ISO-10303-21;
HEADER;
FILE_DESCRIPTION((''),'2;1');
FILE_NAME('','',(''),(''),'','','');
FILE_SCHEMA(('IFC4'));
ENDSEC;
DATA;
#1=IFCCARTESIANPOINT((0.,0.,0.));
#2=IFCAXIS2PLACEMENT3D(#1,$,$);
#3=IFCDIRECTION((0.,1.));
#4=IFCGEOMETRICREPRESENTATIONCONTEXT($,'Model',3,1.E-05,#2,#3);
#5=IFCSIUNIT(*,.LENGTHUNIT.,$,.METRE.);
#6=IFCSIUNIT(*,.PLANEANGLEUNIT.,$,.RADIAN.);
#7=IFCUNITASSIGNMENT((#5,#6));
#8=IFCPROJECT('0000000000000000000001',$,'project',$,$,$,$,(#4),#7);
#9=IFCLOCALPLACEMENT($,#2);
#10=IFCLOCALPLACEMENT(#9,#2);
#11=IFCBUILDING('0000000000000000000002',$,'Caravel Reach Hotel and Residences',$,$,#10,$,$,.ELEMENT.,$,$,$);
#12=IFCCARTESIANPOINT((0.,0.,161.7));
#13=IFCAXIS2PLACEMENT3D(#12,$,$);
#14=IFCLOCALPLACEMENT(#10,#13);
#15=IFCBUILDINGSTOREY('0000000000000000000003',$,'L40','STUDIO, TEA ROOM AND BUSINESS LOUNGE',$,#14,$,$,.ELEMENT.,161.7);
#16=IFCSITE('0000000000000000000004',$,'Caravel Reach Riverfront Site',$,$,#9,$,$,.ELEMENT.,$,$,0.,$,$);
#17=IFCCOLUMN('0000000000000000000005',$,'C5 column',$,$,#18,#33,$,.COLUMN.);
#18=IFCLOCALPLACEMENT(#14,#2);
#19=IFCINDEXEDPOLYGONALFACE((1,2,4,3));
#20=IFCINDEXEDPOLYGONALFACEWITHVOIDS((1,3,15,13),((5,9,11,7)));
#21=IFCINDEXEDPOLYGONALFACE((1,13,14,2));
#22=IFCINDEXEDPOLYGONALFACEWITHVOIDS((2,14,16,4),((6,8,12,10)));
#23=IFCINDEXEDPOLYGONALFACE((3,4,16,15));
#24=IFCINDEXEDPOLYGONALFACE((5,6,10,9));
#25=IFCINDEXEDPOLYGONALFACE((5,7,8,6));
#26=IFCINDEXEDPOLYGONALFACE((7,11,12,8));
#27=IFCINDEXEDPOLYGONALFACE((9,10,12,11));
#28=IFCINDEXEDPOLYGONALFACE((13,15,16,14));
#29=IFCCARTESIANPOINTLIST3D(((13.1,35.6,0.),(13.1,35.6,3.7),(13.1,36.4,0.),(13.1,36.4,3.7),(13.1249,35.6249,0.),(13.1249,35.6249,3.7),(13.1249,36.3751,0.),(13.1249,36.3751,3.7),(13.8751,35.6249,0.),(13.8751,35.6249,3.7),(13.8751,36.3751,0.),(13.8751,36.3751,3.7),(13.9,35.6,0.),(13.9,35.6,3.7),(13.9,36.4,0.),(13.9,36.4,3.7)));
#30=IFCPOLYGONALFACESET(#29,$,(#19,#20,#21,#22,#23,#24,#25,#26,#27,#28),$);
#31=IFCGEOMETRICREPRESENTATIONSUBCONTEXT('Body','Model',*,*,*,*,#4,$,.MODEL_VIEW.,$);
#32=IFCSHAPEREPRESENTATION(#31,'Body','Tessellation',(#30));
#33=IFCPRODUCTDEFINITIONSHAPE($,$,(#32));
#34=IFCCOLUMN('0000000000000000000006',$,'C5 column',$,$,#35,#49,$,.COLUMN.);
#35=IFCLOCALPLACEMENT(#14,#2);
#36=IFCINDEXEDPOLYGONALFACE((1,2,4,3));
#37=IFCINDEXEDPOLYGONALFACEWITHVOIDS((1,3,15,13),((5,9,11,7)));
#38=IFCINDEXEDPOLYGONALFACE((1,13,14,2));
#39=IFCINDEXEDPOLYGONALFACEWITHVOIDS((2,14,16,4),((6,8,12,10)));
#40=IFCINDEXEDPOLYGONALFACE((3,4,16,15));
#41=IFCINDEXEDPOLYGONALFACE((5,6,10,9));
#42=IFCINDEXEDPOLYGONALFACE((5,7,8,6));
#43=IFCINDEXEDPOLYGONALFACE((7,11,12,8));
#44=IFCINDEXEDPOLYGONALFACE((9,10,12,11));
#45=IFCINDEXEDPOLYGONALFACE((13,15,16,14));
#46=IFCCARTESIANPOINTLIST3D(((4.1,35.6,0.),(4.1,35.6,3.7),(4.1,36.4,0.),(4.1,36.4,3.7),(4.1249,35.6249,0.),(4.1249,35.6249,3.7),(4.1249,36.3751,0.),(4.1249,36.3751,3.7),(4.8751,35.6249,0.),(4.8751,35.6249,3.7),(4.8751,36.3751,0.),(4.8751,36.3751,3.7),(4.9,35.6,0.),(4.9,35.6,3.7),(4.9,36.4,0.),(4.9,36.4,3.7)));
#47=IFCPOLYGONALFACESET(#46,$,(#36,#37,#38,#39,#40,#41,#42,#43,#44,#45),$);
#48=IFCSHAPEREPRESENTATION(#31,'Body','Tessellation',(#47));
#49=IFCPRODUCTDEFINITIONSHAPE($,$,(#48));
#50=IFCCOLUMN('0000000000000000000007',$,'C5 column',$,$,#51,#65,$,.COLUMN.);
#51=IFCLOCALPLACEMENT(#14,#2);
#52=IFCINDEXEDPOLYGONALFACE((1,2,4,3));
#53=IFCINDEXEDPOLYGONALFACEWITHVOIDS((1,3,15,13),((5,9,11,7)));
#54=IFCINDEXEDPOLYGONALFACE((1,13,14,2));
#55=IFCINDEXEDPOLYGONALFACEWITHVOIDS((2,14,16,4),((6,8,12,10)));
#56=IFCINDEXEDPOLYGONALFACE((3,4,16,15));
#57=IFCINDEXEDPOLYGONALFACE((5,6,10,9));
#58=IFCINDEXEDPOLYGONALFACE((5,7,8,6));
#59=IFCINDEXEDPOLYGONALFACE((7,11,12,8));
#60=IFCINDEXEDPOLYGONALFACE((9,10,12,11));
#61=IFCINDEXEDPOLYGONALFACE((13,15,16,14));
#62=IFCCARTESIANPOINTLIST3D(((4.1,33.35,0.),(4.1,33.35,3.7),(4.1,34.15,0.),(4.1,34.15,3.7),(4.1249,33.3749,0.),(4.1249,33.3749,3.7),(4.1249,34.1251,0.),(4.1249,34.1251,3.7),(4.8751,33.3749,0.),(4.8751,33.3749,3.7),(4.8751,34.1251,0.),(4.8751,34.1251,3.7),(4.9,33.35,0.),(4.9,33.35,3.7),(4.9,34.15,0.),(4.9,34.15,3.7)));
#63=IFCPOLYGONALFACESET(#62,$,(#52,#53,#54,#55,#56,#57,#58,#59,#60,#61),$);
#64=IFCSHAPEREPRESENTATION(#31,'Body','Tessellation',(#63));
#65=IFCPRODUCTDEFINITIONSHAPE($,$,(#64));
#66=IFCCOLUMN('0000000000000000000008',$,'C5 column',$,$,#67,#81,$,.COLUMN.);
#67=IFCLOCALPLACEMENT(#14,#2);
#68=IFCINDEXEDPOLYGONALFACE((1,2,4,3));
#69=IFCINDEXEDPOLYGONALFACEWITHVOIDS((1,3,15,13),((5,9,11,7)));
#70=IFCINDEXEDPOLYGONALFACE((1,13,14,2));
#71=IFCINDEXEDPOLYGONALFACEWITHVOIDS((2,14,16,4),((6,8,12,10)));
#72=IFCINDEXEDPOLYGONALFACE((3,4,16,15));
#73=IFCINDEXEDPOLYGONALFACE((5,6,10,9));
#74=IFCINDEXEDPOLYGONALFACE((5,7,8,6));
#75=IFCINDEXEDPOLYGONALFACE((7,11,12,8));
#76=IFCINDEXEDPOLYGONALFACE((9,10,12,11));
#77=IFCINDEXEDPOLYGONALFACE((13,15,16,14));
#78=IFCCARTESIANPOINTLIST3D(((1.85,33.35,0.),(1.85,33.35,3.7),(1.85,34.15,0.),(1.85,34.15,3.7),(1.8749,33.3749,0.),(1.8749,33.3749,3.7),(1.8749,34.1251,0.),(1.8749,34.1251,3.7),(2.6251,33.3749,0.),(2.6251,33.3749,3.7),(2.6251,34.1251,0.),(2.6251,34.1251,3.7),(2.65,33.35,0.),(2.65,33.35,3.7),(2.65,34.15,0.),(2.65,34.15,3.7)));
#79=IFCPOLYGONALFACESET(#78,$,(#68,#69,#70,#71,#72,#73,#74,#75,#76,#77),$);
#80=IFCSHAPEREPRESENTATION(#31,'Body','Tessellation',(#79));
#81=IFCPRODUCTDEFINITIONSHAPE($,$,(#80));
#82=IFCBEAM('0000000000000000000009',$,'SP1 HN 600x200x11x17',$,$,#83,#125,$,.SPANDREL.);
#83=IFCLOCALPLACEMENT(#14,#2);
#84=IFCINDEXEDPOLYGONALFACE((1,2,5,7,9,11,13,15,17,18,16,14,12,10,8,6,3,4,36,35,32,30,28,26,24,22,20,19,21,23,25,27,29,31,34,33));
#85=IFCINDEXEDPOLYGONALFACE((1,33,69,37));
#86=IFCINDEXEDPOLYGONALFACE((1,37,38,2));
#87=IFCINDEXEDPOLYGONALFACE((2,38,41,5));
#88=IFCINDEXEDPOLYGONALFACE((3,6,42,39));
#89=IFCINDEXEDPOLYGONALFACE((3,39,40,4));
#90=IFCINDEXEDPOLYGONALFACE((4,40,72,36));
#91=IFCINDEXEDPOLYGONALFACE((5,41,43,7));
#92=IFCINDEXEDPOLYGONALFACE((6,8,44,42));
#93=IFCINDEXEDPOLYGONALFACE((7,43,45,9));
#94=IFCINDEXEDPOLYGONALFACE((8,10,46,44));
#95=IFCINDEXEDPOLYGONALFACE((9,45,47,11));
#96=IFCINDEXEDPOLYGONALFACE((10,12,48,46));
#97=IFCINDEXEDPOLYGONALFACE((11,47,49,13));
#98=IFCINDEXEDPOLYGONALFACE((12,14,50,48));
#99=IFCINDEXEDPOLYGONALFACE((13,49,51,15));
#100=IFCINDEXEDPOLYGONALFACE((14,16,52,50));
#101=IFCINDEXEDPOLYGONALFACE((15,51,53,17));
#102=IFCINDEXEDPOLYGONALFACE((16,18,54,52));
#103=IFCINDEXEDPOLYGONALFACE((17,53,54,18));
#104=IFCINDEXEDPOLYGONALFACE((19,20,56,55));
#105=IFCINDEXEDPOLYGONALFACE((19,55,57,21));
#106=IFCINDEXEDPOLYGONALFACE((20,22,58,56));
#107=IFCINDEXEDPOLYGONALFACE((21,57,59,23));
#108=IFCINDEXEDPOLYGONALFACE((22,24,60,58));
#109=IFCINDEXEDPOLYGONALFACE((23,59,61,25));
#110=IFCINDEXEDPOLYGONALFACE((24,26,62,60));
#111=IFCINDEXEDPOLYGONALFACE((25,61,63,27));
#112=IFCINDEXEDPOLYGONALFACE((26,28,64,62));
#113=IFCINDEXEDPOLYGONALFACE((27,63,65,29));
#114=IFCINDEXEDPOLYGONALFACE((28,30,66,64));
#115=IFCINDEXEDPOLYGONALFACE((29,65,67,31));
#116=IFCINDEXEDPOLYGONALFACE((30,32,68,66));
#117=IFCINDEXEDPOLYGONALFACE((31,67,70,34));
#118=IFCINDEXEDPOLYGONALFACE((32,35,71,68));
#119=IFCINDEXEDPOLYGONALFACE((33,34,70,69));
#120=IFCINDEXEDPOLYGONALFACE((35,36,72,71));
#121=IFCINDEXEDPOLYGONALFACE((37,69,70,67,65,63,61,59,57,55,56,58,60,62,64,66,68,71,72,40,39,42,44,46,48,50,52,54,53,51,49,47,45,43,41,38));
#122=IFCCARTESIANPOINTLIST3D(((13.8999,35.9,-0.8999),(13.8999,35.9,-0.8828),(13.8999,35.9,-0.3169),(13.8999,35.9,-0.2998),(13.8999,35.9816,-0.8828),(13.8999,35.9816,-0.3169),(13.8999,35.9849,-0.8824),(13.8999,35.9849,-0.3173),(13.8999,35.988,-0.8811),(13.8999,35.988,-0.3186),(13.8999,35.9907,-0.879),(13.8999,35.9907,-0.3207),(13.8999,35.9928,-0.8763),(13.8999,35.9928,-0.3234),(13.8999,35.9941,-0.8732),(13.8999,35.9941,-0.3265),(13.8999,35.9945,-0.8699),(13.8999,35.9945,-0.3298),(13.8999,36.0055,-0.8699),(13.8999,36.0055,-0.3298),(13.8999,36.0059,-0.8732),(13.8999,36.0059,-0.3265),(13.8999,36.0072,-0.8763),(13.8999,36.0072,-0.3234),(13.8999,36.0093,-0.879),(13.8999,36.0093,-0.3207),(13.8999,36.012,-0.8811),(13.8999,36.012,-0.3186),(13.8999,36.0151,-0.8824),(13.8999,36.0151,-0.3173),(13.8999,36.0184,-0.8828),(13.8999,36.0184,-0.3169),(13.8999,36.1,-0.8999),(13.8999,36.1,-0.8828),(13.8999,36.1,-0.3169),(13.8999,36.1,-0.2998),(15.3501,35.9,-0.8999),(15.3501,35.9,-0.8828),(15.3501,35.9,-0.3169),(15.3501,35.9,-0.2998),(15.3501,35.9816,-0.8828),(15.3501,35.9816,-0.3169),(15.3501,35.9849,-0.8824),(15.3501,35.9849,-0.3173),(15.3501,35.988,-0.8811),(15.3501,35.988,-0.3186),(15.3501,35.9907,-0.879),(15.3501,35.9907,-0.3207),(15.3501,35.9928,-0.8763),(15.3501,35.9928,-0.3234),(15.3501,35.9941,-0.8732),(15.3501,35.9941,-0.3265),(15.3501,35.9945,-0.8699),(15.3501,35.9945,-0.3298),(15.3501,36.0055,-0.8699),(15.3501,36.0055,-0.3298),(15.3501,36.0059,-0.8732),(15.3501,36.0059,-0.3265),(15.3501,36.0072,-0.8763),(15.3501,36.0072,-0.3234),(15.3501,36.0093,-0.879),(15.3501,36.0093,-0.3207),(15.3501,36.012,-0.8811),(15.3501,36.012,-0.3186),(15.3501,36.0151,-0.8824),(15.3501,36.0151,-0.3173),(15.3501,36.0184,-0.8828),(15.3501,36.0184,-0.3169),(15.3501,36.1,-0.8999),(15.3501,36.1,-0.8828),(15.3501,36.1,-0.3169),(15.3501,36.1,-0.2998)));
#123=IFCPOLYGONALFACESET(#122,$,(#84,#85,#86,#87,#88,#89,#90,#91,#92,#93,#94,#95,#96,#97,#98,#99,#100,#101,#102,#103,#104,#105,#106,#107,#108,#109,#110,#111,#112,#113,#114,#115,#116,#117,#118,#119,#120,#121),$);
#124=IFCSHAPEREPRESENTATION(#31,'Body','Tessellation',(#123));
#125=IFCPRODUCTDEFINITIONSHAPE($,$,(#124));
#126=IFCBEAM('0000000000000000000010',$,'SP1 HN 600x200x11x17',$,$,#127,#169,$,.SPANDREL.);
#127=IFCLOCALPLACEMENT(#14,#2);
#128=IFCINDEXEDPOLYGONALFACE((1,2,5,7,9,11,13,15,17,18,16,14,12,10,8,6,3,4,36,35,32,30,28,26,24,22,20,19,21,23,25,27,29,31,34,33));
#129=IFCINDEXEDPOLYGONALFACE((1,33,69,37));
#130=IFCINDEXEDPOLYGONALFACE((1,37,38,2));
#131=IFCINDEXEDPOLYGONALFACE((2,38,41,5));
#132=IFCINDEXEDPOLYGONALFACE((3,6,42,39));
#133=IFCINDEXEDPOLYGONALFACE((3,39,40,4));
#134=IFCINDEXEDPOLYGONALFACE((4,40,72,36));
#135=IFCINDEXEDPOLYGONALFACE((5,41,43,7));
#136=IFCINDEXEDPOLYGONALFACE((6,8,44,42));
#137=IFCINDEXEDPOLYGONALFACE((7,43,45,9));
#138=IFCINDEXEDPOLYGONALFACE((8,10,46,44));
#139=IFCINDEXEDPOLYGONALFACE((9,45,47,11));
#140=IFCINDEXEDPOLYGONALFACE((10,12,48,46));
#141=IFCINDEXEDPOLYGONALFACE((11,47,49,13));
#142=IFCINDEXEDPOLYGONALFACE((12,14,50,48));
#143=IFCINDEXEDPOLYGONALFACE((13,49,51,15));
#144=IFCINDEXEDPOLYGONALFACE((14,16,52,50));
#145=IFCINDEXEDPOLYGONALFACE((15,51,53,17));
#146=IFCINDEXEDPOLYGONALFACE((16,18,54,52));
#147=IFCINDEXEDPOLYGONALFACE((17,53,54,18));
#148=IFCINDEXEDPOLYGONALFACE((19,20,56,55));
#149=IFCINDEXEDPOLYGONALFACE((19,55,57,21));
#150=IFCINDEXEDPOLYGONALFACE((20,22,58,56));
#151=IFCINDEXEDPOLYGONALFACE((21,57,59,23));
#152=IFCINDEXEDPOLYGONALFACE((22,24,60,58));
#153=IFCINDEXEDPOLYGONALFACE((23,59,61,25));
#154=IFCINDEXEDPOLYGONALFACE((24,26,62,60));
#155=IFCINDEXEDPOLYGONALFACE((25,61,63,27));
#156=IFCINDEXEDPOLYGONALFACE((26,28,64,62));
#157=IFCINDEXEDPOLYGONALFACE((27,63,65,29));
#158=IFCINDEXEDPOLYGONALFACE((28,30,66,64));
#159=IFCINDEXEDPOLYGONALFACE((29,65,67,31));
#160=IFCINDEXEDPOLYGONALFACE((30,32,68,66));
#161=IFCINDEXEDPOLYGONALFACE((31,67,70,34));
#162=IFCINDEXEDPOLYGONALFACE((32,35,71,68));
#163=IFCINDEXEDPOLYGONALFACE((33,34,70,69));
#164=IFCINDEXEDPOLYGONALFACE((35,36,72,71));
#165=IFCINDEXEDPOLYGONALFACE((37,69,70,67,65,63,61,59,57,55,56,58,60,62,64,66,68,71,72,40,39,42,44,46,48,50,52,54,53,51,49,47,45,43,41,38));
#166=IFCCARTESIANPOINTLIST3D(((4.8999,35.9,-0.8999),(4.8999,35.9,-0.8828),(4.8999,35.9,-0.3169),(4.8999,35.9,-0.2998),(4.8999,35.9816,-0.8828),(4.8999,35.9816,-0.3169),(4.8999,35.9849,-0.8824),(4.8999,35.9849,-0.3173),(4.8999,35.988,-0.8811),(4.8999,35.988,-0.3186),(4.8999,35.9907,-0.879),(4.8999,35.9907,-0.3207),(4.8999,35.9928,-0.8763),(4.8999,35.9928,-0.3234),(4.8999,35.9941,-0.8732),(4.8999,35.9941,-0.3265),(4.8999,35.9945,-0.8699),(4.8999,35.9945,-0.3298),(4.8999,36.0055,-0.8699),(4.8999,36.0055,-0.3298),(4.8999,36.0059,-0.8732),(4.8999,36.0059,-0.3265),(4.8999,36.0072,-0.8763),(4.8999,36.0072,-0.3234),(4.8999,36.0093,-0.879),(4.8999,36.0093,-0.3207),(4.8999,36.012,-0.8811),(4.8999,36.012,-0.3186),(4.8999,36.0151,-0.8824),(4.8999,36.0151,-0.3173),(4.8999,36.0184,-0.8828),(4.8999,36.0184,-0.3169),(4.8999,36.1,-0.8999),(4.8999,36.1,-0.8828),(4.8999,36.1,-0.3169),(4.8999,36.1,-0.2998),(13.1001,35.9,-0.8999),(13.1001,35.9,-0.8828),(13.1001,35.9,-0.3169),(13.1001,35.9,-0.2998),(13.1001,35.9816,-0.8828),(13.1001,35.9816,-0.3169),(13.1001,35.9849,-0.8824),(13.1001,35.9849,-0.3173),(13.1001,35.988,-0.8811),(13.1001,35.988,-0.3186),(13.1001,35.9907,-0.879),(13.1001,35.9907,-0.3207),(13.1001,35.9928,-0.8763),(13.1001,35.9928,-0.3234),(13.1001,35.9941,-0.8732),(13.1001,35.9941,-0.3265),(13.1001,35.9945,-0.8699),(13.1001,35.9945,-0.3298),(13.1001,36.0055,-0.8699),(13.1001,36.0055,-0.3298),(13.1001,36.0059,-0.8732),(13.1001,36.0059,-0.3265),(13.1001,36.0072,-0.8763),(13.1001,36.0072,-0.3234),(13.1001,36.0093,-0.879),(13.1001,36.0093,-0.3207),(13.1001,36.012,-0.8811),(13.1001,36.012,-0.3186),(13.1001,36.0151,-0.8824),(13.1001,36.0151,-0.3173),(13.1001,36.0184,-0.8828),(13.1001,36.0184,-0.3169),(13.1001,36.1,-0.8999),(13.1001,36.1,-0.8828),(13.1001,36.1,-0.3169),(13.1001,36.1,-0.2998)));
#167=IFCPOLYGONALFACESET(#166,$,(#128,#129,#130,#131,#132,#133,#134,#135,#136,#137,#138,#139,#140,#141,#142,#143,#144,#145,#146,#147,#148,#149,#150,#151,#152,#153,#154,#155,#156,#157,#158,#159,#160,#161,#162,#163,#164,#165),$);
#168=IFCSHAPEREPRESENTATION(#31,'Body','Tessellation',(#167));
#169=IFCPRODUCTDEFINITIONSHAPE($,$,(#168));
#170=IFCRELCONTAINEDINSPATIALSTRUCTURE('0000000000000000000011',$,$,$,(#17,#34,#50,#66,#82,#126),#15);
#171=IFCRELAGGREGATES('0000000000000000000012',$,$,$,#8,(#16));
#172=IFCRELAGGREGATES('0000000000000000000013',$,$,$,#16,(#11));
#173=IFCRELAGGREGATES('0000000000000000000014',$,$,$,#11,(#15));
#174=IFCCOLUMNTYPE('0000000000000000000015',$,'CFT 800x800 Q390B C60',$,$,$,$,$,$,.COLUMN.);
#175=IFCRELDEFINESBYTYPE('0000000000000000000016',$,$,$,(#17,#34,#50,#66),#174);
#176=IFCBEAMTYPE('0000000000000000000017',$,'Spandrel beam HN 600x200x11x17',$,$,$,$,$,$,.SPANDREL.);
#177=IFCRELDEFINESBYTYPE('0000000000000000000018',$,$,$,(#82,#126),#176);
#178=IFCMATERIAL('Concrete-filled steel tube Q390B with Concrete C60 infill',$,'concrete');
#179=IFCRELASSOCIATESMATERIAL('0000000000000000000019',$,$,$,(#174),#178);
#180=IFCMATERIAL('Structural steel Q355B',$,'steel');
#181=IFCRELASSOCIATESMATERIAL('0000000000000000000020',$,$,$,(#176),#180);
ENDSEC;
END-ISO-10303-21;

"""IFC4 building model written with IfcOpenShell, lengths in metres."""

from ifc_helpers import new_model, si_unit, direction, frame, origin, origin_2d, place, context, subcontext, project, spatial, hollow_rectangle, i_section, extrude, material, material_profile, profile_set, type_object, element, save


model = new_model("IFC4")

# Units and contexts
model_context = context("Model", 3, precision=1e-05, world=origin(), true_north=direction((0.0, 1.0)))
body_context = subcontext(model_context, "Body", "Model", "MODEL_VIEW")
ifc_project = project(units=[si_unit("LENGTHUNIT", "METRE"), si_unit("PLANEANGLEUNIT", "RADIAN")], contexts=[model_context])

# Site, building, storey
site_placement = place(None, origin())
site = spatial("IfcSite", under=ifc_project, at=site_placement, Name="Caravel Reach Riverfront Site", CompositionType="ELEMENT", RefElevation=0.0)
building_placement = place(site_placement, origin())
building = spatial("IfcBuilding", under=site, at=building_placement, Name="Caravel Reach Hotel and Residences", CompositionType="ELEMENT")
storey_placement = place(building_placement, frame((0.0, 0.0, 161.7)))
storey = spatial("IfcBuildingStorey", under=building, at=storey_placement, Name="L40", Description="STUDIO, TEA ROOM AND BUSINESS LOUNGE", CompositionType="ELEMENT", Elevation=161.7)

# Columns
ifc_material_1 = material(Name="Concrete-filled steel tube Q390B with Concrete C60 infill", Category="concrete")
ifc_material_profile_1 = material_profile(ifc_material_1, hollow_rectangle(XDim=0.8, YDim=0.8, WallThickness=0.0249, at=origin_2d()), Name="RHS 800x800x25")
ifc_profile_set_1 = profile_set([ifc_material_profile_1], Name="Concrete-filled steel tube Q390B with Concrete C60 infill")
column_type = type_object("IfcColumnType", Name="CFT 800x800 Q390B C60", PredefinedType="COLUMN", material=ifc_profile_set_1)
for number, where, z_axis, x_axis, name in (
    (1, (13.5, 36.0, 0.0), (0.0, 0.0, 1.0), (1.0, 0.0, 0.0), "C5 column"),
    (2, (4.5, 36.0, 0.0), (0.0, 0.0, 1.0), (1.0, 0.0, 0.0), "C5 column"),
    (3, (4.5, 33.75, 0.0), (0.0, 0.0, 1.0), (1.0, 0.0, 0.0), "C5 column"),
    (4, (2.25, 33.75, 0.0), (0.0, 0.0, 1.0), (1.0, 0.0, 0.0), "C5 column"),
):
    element("IfcColumn", number, at=place(storey_placement, frame(where, z_axis=z_axis, x_axis=x_axis)), inside=storey, type_object=column_type, Name=name, PredefinedType="COLUMN", context=body_context, shape_type="SweptSolid", body=[
        extrude(hollow_rectangle(XDim=0.8, YDim=0.8, WallThickness=0.0249, at=origin_2d()), origin(), (0.0, 0.0, 1.0), 3.7),
    ])

# Beams
ifc_material_2 = material(Name="Structural steel Q355B", Category="steel")
ifc_material_profile_2 = material_profile(ifc_material_2, i_section(OverallWidth=0.2, OverallDepth=0.6001, WebThickness=0.011, FlangeThickness=0.0171, FilletRadius=0.0129, at=origin_2d()), Name="HN 600x200x11x17")
ifc_profile_set_2 = profile_set([ifc_material_profile_2], Name="Structural steel Q355B")
beam_type = type_object("IfcBeamType", Name="Spandrel beam HN 600x200x11x17", PredefinedType="SPANDREL", material=ifc_profile_set_2)
beam_1_placement = place(storey_placement, frame((15.3501, 36.0, -0.5999), z_axis=(-1.0, 0.0, 0.0), x_axis=(0.0, -1.0, 0.0)))
element("IfcBeam", 5, at=beam_1_placement, inside=storey, type_object=beam_type, Name="SP1 HN 600x200x11x17", PredefinedType="SPANDREL", context=body_context, shape_type="SweptSolid", body=[
    extrude(i_section(OverallWidth=0.2, OverallDepth=0.6001, WebThickness=0.011, FlangeThickness=0.0171, FilletRadius=0.0129, at=origin_2d()), origin(), (0.0, 0.0, 1.0), 1.4502),
])
beam_2_placement = place(storey_placement, frame((13.1001, 36.0, -0.5999), z_axis=(-1.0, 0.0, 0.0), x_axis=(0.0, -1.0, 0.0)))
element("IfcBeam", 6, at=beam_2_placement, inside=storey, type_object=beam_type, Name="SP1 HN 600x200x11x17", PredefinedType="SPANDREL", context=body_context, shape_type="SweptSolid", body=[
    extrude(i_section(OverallWidth=0.2, OverallDepth=0.6001, WebThickness=0.011, FlangeThickness=0.0171, FilletRadius=0.0129, at=origin_2d()), origin(), (0.0, 0.0, 1.0), 8.2002),
])

save(model, "model.ifc")
